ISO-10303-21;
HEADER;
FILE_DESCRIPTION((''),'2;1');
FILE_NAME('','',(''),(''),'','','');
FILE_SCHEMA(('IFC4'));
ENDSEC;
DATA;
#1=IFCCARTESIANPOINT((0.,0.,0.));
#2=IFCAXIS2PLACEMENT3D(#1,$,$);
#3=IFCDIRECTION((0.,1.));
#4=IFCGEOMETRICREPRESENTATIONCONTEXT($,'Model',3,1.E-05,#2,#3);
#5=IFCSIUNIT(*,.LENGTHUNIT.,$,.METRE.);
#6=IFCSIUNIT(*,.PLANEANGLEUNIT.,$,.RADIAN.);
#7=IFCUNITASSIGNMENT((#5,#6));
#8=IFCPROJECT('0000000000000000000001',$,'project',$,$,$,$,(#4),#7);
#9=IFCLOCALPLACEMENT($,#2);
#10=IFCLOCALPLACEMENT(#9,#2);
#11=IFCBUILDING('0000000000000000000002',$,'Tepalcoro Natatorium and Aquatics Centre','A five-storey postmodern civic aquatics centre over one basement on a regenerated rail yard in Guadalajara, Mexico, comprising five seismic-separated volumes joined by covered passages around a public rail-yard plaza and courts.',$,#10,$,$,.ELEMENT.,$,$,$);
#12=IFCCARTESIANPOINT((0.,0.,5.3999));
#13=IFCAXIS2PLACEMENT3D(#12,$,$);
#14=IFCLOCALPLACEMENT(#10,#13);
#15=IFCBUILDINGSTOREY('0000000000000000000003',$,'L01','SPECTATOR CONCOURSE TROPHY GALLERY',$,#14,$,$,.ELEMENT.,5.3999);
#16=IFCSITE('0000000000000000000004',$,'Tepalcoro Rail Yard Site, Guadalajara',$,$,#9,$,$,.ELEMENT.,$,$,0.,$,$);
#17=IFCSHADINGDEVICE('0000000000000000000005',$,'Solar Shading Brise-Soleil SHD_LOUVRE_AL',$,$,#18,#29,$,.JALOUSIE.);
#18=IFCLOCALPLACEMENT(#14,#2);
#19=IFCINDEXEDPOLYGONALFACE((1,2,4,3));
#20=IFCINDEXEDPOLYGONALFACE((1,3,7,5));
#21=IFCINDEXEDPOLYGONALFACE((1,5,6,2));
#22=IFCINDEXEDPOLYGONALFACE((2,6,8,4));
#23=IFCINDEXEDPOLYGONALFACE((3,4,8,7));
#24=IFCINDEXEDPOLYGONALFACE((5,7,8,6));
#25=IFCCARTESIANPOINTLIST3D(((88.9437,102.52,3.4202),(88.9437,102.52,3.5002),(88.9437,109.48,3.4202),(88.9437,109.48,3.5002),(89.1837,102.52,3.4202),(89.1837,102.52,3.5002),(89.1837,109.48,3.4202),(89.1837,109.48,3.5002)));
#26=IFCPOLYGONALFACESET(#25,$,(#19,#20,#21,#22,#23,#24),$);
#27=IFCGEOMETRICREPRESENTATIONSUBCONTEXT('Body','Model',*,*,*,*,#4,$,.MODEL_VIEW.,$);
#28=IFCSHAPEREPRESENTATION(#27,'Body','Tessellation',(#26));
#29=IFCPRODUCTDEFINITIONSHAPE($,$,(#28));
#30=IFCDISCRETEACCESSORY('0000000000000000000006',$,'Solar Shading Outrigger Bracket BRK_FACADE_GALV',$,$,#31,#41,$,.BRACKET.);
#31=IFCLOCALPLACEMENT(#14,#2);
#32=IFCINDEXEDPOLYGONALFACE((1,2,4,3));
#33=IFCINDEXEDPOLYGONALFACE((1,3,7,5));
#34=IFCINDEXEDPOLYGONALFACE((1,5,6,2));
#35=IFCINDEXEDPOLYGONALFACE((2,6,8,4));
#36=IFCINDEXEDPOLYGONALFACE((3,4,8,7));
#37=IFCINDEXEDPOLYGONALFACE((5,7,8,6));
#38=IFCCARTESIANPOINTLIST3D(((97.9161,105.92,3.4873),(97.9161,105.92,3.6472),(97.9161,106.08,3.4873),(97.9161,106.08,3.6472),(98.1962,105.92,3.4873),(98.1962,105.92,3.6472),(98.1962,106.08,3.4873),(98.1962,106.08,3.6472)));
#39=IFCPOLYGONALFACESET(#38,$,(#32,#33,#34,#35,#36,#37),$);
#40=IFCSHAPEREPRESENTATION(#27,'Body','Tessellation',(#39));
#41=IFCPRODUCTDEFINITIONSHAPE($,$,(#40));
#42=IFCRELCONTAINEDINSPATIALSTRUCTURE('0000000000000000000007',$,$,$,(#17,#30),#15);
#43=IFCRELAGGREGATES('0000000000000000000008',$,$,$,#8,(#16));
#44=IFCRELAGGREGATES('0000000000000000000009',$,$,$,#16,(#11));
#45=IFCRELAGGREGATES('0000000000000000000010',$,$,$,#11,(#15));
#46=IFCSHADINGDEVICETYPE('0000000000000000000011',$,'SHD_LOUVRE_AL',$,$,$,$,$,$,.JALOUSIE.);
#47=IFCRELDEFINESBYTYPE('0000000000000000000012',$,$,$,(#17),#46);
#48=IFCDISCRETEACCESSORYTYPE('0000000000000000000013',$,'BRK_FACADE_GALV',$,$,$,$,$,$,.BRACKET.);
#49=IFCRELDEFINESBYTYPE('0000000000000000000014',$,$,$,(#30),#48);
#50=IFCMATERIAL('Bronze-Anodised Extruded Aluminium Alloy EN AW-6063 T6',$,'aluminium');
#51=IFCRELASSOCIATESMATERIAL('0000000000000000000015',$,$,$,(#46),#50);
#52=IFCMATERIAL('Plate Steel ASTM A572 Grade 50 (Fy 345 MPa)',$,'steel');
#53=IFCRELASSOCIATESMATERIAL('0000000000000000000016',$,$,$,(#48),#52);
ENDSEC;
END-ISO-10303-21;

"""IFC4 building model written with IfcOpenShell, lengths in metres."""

from ifc_helpers import new_model, si_unit, direction, frame, origin, origin_2d, place, context, subcontext, project, spatial, rectangle, extrude, material, type_object, element, save


model = new_model("IFC4")

# Units and contexts
model_context = context("Model", 3, precision=1e-05, world=origin(), true_north=direction((0.0, 1.0)))
body_context = subcontext(model_context, "Body", "Model", "MODEL_VIEW")
ifc_project = project(units=[si_unit("LENGTHUNIT", "METRE"), si_unit("PLANEANGLEUNIT", "RADIAN")], contexts=[model_context])

# Site, building, storey
site_placement = place(None, origin())
site = spatial("IfcSite", under=ifc_project, at=site_placement, Name="Tepalcoro Rail Yard Site, Guadalajara", CompositionType="ELEMENT", RefElevation=0.0)
building_placement = place(site_placement, origin())
building = spatial("IfcBuilding", under=site, at=building_placement, Name="Tepalcoro Natatorium and Aquatics Centre", Description="A five-storey postmodern civic aquatics centre over one basement on a regenerated rail yard in Guadalajara, Mexico, comprising five seismic-separated volumes joined by covered passages around a public rail-yard plaza and courts.", CompositionType="ELEMENT")
storey_placement = place(building_placement, frame((0.0, 0.0, 5.3999)))
storey = spatial("IfcBuildingStorey", under=building, at=storey_placement, Name="L01", Description="SPECTATOR CONCOURSE TROPHY GALLERY", CompositionType="ELEMENT", Elevation=5.3999)

# Shared definitions
ifc_material_1 = material(Name="Bronze-Anodised Extruded Aluminium Alloy EN AW-6063 T6", Category="aluminium")

# Shading device
shading_device_type_1 = type_object("IfcShadingDeviceType", Name="SHD_LOUVRE_AL", PredefinedType="JALOUSIE", material=ifc_material_1)
for number, where, z_axis, x_axis, name in (
    (1, (89.0637, 106.0, 3.4202), (0.0, 0.0, 1.0), (1.0, 0.0, 0.0), "Solar Shading Brise-Soleil SHD_LOUVRE_AL"),
):
    element("IfcShadingDevice", number, at=place(storey_placement, frame(where, z_axis=z_axis, x_axis=x_axis)), inside=storey, type_object=shading_device_type_1, Name=name, PredefinedType="JALOUSIE", context=body_context, shape_type="SweptSolid", body=[
        extrude(rectangle(XDim=0.24, YDim=6.96, at=origin_2d()), origin(), (0.0, 0.0, 1.0), 0.0801),
    ])

# Discrete accessory
ifc_material_2 = material(Name="Plate Steel ASTM A572 Grade 50 (Fy 345 MPa)", Category="steel")
discrete_accessory_type = type_object("IfcDiscreteAccessoryType", Name="BRK_FACADE_GALV", PredefinedType="BRACKET", material=ifc_material_2)
discrete_accessory_placement = place(storey_placement, frame((98.0562, 106.0, 3.4873), z_axis=(0.0, 0.0, 1.0), x_axis=(1.0, 0.0, 0.0)))
element("IfcDiscreteAccessory", 2, at=discrete_accessory_placement, inside=storey, type_object=discrete_accessory_type, Name="Solar Shading Outrigger Bracket BRK_FACADE_GALV", PredefinedType="BRACKET", context=body_context, shape_type="SweptSolid", body=[
    extrude(rectangle(XDim=0.28, YDim=0.1599, at=origin_2d()), origin(), (0.0, 0.0, 1.0), 0.1599),
])

save(model, "model.ifc")
